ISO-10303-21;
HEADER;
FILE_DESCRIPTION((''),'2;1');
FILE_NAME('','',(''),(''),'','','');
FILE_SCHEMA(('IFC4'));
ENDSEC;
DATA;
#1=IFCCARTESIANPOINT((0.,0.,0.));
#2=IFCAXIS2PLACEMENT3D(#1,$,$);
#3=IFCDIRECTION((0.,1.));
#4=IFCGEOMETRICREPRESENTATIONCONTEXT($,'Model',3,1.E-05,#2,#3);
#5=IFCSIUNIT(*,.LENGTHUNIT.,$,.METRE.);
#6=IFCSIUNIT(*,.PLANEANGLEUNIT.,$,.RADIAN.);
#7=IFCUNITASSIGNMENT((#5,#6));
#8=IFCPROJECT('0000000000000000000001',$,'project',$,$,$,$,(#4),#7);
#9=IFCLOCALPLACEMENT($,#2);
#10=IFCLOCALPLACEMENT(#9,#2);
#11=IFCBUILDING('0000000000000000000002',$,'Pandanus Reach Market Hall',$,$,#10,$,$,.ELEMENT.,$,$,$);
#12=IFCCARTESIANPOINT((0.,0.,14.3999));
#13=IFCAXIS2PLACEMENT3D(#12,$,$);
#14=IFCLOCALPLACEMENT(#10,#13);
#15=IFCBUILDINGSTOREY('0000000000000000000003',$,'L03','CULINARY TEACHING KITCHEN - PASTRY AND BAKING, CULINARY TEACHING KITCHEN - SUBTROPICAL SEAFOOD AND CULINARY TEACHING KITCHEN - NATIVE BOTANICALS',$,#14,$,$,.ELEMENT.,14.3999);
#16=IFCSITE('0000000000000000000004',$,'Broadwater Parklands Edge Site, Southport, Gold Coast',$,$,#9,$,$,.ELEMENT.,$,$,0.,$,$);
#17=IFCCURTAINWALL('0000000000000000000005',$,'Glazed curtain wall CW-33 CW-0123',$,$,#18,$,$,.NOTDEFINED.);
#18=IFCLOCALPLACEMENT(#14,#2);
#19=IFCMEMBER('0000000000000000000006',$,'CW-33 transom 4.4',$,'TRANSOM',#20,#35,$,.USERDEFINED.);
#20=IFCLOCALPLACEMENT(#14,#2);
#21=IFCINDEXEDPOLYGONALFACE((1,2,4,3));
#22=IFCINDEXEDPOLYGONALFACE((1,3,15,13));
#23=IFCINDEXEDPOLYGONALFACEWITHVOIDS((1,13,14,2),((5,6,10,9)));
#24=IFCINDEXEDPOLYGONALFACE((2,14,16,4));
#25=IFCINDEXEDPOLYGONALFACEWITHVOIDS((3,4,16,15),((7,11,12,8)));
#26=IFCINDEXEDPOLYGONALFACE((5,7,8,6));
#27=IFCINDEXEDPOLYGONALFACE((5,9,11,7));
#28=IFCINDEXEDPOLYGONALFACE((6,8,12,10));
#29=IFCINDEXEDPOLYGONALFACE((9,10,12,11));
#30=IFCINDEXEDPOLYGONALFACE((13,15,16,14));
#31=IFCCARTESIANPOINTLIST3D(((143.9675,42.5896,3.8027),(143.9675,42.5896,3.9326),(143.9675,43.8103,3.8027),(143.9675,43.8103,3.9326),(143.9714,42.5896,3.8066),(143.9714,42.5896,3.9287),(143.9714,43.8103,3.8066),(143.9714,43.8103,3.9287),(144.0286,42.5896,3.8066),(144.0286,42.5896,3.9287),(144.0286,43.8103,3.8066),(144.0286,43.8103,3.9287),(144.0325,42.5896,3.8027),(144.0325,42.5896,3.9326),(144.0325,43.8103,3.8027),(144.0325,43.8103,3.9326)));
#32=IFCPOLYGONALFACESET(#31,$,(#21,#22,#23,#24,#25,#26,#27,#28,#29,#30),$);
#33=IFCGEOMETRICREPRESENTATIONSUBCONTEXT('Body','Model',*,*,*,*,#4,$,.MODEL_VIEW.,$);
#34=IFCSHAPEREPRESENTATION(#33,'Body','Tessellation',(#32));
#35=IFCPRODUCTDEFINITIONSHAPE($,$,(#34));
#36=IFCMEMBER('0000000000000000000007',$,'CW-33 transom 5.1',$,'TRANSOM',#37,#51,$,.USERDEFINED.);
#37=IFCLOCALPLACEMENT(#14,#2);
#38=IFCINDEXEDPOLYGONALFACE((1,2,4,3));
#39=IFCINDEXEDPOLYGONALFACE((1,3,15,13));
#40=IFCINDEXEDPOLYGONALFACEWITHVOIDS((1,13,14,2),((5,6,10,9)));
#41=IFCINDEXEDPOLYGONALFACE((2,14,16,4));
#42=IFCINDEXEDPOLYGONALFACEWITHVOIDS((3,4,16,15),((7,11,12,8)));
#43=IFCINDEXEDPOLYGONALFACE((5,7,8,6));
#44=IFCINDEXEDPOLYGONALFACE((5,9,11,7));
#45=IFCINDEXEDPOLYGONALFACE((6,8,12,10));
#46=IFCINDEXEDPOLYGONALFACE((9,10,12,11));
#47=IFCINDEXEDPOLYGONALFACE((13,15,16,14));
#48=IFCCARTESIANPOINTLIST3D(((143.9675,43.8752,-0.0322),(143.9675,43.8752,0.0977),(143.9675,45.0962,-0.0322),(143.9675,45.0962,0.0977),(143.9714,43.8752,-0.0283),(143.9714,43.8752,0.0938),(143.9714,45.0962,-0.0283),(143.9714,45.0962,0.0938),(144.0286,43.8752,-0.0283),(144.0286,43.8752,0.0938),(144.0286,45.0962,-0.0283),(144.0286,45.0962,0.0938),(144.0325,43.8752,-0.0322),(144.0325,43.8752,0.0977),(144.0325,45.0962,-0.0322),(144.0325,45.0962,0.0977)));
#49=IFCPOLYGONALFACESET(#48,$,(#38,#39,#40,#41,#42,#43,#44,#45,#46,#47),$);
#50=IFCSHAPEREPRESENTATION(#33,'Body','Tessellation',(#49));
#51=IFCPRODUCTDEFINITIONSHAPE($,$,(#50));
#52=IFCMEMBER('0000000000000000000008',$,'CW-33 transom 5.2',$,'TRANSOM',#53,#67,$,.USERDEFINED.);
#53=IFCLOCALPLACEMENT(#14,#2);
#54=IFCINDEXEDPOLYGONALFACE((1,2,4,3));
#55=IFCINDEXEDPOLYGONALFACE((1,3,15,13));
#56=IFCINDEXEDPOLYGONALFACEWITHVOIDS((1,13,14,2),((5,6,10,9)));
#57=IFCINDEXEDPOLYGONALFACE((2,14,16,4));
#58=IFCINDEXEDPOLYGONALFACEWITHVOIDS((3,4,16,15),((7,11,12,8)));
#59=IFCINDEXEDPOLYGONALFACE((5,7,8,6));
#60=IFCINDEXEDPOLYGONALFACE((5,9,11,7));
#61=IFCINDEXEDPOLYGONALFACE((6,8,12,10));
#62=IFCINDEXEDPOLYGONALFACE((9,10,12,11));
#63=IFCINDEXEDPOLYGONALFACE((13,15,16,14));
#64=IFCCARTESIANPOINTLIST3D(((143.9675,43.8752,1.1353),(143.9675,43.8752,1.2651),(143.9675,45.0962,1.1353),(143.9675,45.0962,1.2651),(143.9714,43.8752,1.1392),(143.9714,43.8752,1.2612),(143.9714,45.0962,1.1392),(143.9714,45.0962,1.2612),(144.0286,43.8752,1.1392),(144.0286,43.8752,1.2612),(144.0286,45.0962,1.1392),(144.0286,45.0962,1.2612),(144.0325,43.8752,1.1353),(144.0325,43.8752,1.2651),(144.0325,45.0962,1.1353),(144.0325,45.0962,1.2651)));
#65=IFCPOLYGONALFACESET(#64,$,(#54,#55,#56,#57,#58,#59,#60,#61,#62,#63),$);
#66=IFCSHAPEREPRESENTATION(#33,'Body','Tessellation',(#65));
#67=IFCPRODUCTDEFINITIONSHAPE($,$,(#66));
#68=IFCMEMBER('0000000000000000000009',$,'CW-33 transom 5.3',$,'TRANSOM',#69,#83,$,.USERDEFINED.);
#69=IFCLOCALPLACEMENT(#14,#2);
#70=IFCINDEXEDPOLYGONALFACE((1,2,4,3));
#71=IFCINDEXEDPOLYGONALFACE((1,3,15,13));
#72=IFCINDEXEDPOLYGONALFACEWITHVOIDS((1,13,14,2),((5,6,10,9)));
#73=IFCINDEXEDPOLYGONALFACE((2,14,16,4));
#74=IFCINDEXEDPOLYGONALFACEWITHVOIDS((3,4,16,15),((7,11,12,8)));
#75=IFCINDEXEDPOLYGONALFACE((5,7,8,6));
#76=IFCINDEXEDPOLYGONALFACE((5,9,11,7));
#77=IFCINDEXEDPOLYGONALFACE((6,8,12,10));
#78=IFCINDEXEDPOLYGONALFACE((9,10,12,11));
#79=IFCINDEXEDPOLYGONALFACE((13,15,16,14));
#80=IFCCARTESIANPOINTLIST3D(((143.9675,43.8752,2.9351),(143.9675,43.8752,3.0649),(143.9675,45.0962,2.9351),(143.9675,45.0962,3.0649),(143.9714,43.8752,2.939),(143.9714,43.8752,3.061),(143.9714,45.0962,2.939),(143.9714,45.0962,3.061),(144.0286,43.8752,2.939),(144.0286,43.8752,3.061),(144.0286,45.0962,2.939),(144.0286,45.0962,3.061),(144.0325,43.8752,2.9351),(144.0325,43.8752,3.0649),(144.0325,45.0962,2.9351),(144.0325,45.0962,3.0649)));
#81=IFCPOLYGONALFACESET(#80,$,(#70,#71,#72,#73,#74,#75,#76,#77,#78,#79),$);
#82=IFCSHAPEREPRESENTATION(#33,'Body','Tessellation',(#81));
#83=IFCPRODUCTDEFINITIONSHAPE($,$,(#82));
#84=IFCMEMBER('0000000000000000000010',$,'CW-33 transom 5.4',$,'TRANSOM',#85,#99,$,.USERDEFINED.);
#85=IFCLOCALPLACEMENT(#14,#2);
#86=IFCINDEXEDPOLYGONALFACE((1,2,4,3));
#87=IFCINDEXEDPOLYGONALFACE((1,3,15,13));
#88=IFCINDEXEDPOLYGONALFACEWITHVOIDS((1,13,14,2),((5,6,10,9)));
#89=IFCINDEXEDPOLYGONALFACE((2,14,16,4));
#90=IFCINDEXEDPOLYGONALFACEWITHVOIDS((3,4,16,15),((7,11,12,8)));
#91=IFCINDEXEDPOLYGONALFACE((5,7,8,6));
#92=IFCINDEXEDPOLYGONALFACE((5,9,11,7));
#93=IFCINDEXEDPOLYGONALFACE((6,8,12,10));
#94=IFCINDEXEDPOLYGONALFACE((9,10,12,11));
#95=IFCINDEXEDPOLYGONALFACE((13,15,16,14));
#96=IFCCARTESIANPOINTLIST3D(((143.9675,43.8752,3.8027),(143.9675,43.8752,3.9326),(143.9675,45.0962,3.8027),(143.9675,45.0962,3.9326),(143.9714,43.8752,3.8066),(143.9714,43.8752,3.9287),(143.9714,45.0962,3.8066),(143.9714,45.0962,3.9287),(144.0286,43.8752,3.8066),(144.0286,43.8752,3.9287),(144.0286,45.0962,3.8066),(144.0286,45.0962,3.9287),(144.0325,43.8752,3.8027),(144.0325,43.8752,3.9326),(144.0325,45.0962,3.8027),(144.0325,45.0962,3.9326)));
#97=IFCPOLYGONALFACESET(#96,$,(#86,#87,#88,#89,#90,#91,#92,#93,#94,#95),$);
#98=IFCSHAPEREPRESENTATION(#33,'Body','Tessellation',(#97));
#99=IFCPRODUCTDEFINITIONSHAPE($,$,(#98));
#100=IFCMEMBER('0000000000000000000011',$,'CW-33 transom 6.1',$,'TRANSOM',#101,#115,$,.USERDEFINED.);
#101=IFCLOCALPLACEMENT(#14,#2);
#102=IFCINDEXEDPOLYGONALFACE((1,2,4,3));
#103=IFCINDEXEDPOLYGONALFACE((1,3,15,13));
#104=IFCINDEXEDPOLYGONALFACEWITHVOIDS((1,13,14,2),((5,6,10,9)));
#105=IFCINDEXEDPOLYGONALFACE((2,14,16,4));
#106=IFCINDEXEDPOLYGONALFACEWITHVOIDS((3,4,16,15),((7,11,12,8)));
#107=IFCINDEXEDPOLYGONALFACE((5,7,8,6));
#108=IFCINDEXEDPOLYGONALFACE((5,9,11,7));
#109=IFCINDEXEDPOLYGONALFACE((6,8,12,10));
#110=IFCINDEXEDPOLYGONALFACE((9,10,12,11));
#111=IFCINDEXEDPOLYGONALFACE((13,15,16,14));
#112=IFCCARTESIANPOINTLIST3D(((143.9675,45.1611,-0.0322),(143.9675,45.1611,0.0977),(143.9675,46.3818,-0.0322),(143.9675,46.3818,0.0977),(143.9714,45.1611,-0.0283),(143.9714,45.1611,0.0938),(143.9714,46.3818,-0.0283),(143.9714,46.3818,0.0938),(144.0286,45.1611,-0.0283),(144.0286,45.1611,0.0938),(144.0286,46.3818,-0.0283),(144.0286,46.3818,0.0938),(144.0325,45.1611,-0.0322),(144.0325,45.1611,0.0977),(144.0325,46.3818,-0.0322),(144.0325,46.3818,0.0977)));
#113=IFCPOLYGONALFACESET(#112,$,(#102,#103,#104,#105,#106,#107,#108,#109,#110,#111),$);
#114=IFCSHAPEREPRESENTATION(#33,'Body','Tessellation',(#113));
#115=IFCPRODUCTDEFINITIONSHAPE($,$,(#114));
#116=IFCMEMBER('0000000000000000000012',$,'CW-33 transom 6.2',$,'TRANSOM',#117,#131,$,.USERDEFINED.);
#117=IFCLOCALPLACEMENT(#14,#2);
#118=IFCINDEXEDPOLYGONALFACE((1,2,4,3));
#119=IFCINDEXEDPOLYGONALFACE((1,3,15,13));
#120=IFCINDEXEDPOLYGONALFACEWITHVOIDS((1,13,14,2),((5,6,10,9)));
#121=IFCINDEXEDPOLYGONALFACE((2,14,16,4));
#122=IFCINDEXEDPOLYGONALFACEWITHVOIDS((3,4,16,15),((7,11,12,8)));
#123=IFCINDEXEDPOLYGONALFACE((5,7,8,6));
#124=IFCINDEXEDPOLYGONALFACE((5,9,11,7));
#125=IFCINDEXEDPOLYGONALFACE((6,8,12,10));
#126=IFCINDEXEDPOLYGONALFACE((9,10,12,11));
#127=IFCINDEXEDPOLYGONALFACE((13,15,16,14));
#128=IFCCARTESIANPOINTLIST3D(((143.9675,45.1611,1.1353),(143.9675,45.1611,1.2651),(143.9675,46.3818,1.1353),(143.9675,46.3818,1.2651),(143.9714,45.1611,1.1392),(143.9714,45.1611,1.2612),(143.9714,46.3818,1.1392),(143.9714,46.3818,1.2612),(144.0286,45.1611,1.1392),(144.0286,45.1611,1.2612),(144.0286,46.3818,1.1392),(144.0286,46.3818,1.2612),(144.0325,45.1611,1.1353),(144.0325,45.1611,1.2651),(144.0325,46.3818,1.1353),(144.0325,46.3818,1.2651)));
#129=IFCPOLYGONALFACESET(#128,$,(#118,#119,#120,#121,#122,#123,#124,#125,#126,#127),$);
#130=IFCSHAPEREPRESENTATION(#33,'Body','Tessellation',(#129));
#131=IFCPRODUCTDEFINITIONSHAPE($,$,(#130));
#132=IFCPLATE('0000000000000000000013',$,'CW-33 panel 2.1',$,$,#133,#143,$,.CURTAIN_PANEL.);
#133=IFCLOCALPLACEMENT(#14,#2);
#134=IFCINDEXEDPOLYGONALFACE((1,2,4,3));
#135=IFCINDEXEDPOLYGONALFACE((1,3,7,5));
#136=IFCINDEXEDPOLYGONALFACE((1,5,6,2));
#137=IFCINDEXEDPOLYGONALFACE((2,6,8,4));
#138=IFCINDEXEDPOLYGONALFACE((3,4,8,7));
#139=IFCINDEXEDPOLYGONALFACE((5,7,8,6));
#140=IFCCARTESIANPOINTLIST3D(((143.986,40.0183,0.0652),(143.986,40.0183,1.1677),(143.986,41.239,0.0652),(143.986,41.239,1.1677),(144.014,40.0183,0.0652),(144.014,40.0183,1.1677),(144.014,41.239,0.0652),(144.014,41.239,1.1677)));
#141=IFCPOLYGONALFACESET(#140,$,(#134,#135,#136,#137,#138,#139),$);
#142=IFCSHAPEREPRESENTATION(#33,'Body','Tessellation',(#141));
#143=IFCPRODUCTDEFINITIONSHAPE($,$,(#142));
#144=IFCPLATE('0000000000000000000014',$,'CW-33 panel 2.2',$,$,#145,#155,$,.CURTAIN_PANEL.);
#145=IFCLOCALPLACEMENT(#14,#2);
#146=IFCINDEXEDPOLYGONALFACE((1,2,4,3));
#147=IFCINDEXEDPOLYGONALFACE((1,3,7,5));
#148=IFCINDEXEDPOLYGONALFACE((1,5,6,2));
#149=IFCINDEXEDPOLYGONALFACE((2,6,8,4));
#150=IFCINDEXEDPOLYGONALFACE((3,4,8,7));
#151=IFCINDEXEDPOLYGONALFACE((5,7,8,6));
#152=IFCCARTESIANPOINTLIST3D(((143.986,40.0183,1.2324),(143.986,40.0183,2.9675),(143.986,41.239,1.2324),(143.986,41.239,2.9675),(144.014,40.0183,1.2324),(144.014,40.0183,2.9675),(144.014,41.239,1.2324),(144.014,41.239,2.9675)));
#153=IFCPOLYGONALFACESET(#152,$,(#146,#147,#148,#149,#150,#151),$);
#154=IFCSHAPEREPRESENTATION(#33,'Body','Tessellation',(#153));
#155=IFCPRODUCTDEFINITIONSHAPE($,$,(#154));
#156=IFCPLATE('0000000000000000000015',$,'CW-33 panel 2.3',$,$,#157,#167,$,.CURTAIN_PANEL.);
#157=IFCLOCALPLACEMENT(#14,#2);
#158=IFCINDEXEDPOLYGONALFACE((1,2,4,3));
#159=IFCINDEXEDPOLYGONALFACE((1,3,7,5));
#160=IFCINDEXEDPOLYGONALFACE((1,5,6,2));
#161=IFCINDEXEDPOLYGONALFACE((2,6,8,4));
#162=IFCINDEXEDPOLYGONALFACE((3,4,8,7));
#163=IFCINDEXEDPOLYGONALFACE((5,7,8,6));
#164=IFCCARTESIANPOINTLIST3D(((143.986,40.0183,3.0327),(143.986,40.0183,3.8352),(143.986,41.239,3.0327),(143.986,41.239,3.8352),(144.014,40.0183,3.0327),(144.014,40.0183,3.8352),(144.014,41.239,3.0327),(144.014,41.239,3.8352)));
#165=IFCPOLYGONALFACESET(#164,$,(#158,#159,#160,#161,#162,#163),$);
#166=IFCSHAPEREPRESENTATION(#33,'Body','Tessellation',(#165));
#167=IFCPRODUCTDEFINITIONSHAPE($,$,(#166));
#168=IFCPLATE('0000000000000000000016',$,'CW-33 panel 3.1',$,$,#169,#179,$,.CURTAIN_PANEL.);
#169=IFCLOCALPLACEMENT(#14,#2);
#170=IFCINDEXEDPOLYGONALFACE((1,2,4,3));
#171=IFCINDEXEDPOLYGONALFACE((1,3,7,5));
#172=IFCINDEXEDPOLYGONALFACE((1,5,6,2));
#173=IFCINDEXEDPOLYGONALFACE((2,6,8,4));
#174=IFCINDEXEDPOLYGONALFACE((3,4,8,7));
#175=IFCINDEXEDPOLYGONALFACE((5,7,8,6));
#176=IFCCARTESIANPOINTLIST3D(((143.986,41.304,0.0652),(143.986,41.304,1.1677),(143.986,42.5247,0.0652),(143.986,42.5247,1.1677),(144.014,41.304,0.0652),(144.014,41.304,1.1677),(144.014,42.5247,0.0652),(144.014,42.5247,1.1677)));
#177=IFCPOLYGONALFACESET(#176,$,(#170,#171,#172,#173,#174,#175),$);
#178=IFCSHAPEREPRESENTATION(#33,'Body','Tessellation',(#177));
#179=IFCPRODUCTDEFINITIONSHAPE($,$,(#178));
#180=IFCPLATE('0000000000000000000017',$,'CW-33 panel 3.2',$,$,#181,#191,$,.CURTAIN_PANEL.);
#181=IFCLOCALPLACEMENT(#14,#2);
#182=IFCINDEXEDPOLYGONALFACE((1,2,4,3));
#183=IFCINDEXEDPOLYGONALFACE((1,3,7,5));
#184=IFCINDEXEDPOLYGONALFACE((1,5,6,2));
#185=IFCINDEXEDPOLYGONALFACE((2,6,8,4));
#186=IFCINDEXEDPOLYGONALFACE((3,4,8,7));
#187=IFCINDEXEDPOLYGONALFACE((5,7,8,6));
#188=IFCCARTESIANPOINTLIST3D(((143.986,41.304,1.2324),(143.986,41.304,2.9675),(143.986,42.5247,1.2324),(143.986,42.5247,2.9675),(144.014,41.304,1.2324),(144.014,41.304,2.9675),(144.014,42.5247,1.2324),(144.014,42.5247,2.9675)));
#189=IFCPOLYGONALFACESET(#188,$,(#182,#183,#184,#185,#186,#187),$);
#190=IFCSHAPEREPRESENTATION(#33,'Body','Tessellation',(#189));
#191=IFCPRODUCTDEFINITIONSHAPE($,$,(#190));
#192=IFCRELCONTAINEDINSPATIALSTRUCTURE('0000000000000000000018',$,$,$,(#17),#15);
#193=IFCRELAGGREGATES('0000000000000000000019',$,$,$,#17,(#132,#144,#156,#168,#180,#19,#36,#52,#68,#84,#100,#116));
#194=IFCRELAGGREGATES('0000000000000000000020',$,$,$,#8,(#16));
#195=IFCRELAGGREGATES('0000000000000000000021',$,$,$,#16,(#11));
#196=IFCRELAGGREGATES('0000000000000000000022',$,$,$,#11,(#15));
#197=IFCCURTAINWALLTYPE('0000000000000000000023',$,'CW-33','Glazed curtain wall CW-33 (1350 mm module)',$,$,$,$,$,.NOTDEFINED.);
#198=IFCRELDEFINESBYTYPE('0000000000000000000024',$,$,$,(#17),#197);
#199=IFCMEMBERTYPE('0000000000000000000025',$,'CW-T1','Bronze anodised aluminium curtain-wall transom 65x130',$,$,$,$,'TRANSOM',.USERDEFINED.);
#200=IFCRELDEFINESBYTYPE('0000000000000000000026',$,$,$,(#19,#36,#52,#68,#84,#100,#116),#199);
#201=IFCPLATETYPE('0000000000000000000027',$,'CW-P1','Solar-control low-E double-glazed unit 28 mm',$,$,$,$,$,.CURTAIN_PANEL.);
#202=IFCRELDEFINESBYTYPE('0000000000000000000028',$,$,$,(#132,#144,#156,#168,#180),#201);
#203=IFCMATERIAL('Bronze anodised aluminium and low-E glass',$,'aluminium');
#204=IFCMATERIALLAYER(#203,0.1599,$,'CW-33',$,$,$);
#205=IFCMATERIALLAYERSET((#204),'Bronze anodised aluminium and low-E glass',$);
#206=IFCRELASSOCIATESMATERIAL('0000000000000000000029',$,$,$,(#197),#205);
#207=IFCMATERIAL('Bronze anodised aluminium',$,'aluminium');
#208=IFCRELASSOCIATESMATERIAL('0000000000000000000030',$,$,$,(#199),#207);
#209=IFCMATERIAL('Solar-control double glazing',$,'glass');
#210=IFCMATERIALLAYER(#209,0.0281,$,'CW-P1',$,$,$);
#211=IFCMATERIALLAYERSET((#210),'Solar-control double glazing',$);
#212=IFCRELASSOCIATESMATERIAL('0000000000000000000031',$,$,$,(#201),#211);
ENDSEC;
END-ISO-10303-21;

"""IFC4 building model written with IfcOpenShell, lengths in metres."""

from ifc_helpers import new_model, si_unit, direction, frame, origin, origin_2d, place, context, subcontext, project, spatial, rectangle, hollow_rectangle, extrude, material, layer, layer_set, material_profile, profile_set, type_object, element, aggregate, save


model = new_model("IFC4")

# Units and contexts
model_context = context("Model", 3, precision=1e-05, world=origin(), true_north=direction((0.0, 1.0)))
body_context = subcontext(model_context, "Body", "Model", "MODEL_VIEW")
ifc_project = project(units=[si_unit("LENGTHUNIT", "METRE"), si_unit("PLANEANGLEUNIT", "RADIAN")], contexts=[model_context])

# Site, building, storey
site_placement = place(None, origin())
site = spatial("IfcSite", under=ifc_project, at=site_placement, Name="Broadwater Parklands Edge Site, Southport, Gold Coast", CompositionType="ELEMENT", RefElevation=0.0)
building_placement = place(site_placement, origin())
building = spatial("IfcBuilding", under=site, at=building_placement, Name="Pandanus Reach Market Hall", CompositionType="ELEMENT")
storey_placement = place(building_placement, frame((0.0, 0.0, 14.3999)))
storey = spatial("IfcBuildingStorey", under=building, at=storey_placement, Name="L03", Description="CULINARY TEACHING KITCHEN - PASTRY AND BAKING, CULINARY TEACHING KITCHEN - SUBTROPICAL SEAFOOD AND CULINARY TEACHING KITCHEN - NATIVE BOTANICALS", CompositionType="ELEMENT", Elevation=14.3999)

# Curtain wall, members, plates
ifc_material_1 = material(Name="Bronze anodised aluminium and low-E glass", Category="aluminium")
ifc_layer_1 = layer(ifc_material_1, 0.1599, Name="CW-33")
ifc_layer_set_1 = layer_set([ifc_layer_1], Name="Bronze anodised aluminium and low-E glass")
curtain_wall_type = type_object("IfcCurtainWallType", Name="CW-33", Description="Glazed curtain wall CW-33 (1350 mm module)", PredefinedType="NOTDEFINED", material=ifc_layer_set_1)
curtain_wall_placement = place(storey_placement, origin())
curtain_wall = element("IfcCurtainWall", 1, at=curtain_wall_placement, inside=storey, type_object=curtain_wall_type, Name="Glazed curtain wall CW-33 CW-0123", PredefinedType="NOTDEFINED")
ifc_material_2 = material(Name="Bronze anodised aluminium", Category="aluminium")
ifc_material_profile_1 = material_profile(ifc_material_2, hollow_rectangle(XDim=0.0649, YDim=0.1299, WallThickness=0.0039, at=origin_2d()), Name="ALU65x130", Category="LoadBearing")
ifc_profile_set_1 = profile_set([ifc_material_profile_1], Name="Bronze anodised aluminium")
member_type_1 = type_object("IfcMemberType", Name="CW-T1", Description="Bronze anodised aluminium curtain-wall transom 65x130", ElementType="TRANSOM", PredefinedType="USERDEFINED", material=ifc_profile_set_1)
member_1_placement = place(storey_placement, frame((144.0, 42.5896, 3.8677), z_axis=(0.0, 1.0, 0.0), x_axis=(-1.0, 0.0, 0.0)))
member_1 = element("IfcMember", 2, at=member_1_placement, type_object=member_type_1, Name="CW-33 transom 4.4", ObjectType="TRANSOM", PredefinedType="USERDEFINED", context=body_context, shape_type="SweptSolid", body=[
    extrude(hollow_rectangle(XDim=0.0649, YDim=0.1299, WallThickness=0.0039, at=origin_2d()), origin(), (0.0, 0.0, 1.0), 1.2207),
])
member_2_placement = place(storey_placement, frame((144.0, 43.8752, 0.0327), z_axis=(0.0, 1.0, 0.0), x_axis=(-1.0, 0.0, 0.0)))
member_2 = element("IfcMember", 3, at=member_2_placement, type_object=member_type_1, Name="CW-33 transom 5.1", ObjectType="TRANSOM", PredefinedType="USERDEFINED", context=body_context, shape_type="SweptSolid", body=[
    extrude(hollow_rectangle(XDim=0.0649, YDim=0.1299, WallThickness=0.0039, at=origin_2d()), origin(), (0.0, 0.0, 1.0), 1.2209),
])
member_3_placement = place(storey_placement, frame((144.0, 43.8752, 1.2002), z_axis=(0.0, 1.0, 0.0), x_axis=(-1.0, 0.0, 0.0)))
member_3 = element("IfcMember", 4, at=member_3_placement, type_object=member_type_1, Name="CW-33 transom 5.2", ObjectType="TRANSOM", PredefinedType="USERDEFINED", context=body_context, shape_type="SweptSolid", body=[
    extrude(hollow_rectangle(XDim=0.0649, YDim=0.1299, WallThickness=0.0039, at=origin_2d()), origin(), (0.0, 0.0, 1.0), 1.2209),
])
member_4_placement = place(storey_placement, frame((144.0, 43.8752, 3.0), z_axis=(0.0, 1.0, 0.0), x_axis=(-1.0, 0.0, 0.0)))
member_4 = element("IfcMember", 5, at=member_4_placement, type_object=member_type_1, Name="CW-33 transom 5.3", ObjectType="TRANSOM", PredefinedType="USERDEFINED", context=body_context, shape_type="SweptSolid", body=[
    extrude(hollow_rectangle(XDim=0.0649, YDim=0.1299, WallThickness=0.0039, at=origin_2d()), origin(), (0.0, 0.0, 1.0), 1.2209),
])
member_5_placement = place(storey_placement, frame((144.0, 43.8752, 3.8677), z_axis=(0.0, 1.0, 0.0), x_axis=(-1.0, 0.0, 0.0)))
member_5 = element("IfcMember", 6, at=member_5_placement, type_object=member_type_1, Name="CW-33 transom 5.4", ObjectType="TRANSOM", PredefinedType="USERDEFINED", context=body_context, shape_type="SweptSolid", body=[
    extrude(hollow_rectangle(XDim=0.0649, YDim=0.1299, WallThickness=0.0039, at=origin_2d()), origin(), (0.0, 0.0, 1.0), 1.2209),
])
member_6_placement = place(storey_placement, frame((144.0, 45.1611, 0.0327), z_axis=(0.0, 1.0, 0.0), x_axis=(-1.0, 0.0, 0.0)))
member_6 = element("IfcMember", 7, at=member_6_placement, type_object=member_type_1, Name="CW-33 transom 6.1", ObjectType="TRANSOM", PredefinedType="USERDEFINED", context=body_context, shape_type="SweptSolid", body=[
    extrude(hollow_rectangle(XDim=0.0649, YDim=0.1299, WallThickness=0.0039, at=origin_2d()), origin(), (0.0, 0.0, 1.0), 1.2207),
])
member_7_placement = place(storey_placement, frame((144.0, 45.1611, 1.2002), z_axis=(0.0, 1.0, 0.0), x_axis=(-1.0, 0.0, 0.0)))
member_7 = element("IfcMember", 8, at=member_7_placement, type_object=member_type_1, Name="CW-33 transom 6.2", ObjectType="TRANSOM", PredefinedType="USERDEFINED", context=body_context, shape_type="SweptSolid", body=[
    extrude(hollow_rectangle(XDim=0.0649, YDim=0.1299, WallThickness=0.0039, at=origin_2d()), origin(), (0.0, 0.0, 1.0), 1.2207),
])
ifc_material_3 = material(Name="Solar-control double glazing", Category="glass")
ifc_layer_2 = layer(ifc_material_3, 0.0281, Name="CW-P1")
ifc_layer_set_2 = layer_set([ifc_layer_2], Name="Solar-control double glazing")
plate_type = type_object("IfcPlateType", Name="CW-P1", Description="Solar-control low-E double-glazed unit 28 mm", PredefinedType="CURTAIN_PANEL", material=ifc_layer_set_2)
plate_1_placement = place(storey_placement, frame((144.0, 40.6287, 0.0652), z_axis=(0.0, 0.0, 1.0), x_axis=(0.0, 1.0, 0.0)))
plate_1 = element("IfcPlate", 9, at=plate_1_placement, type_object=plate_type, Name="CW-33 panel 2.1", PredefinedType="CURTAIN_PANEL", context=body_context, shape_type="SweptSolid", body=[
    extrude(rectangle(XDim=1.2207, YDim=0.0281, at=origin_2d()), origin(), (0.0, 0.0, 1.0), 1.1025),
])
plate_2_placement = place(storey_placement, frame((144.0, 40.6287, 1.2324), z_axis=(0.0, 0.0, 1.0), x_axis=(0.0, 1.0, 0.0)))
plate_2 = element("IfcPlate", 10, at=plate_2_placement, type_object=plate_type, Name="CW-33 panel 2.2", PredefinedType="CURTAIN_PANEL", context=body_context, shape_type="SweptSolid", body=[
    extrude(rectangle(XDim=1.2207, YDim=0.0281, at=origin_2d()), origin(), (0.0, 0.0, 1.0), 1.7351),
])
plate_3_placement = place(storey_placement, frame((144.0, 40.6287, 3.0327), z_axis=(0.0, 0.0, 1.0), x_axis=(0.0, 1.0, 0.0)))
plate_3 = element("IfcPlate", 11, at=plate_3_placement, type_object=plate_type, Name="CW-33 panel 2.3", PredefinedType="CURTAIN_PANEL", context=body_context, shape_type="SweptSolid", body=[
    extrude(rectangle(XDim=1.2207, YDim=0.0281, at=origin_2d()), origin(), (0.0, 0.0, 1.0), 0.8025),
])
plate_4_placement = place(storey_placement, frame((144.0, 41.9143, 0.0652), z_axis=(0.0, 0.0, 1.0), x_axis=(0.0, 1.0, 0.0)))
plate_4 = element("IfcPlate", 12, at=plate_4_placement, type_object=plate_type, Name="CW-33 panel 3.1", PredefinedType="CURTAIN_PANEL", context=body_context, shape_type="SweptSolid", body=[
    extrude(rectangle(XDim=1.2207, YDim=0.0281, at=origin_2d()), origin(), (0.0, 0.0, 1.0), 1.1025),
])
plate_5_placement = place(storey_placement, frame((144.0, 41.9143, 1.2324), z_axis=(0.0, 0.0, 1.0), x_axis=(0.0, 1.0, 0.0)))
plate_5 = element("IfcPlate", 13, at=plate_5_placement, type_object=plate_type, Name="CW-33 panel 3.2", PredefinedType="CURTAIN_PANEL", context=body_context, shape_type="SweptSolid", body=[
    extrude(rectangle(XDim=1.2207, YDim=0.0281, at=origin_2d()), origin(), (0.0, 0.0, 1.0), 1.7351),
])
aggregate(curtain_wall, [plate_1, plate_2, plate_3, plate_4, plate_5, member_1, member_2, member_3, member_4, member_5, member_6, member_7])

save(model, "model.ifc")
